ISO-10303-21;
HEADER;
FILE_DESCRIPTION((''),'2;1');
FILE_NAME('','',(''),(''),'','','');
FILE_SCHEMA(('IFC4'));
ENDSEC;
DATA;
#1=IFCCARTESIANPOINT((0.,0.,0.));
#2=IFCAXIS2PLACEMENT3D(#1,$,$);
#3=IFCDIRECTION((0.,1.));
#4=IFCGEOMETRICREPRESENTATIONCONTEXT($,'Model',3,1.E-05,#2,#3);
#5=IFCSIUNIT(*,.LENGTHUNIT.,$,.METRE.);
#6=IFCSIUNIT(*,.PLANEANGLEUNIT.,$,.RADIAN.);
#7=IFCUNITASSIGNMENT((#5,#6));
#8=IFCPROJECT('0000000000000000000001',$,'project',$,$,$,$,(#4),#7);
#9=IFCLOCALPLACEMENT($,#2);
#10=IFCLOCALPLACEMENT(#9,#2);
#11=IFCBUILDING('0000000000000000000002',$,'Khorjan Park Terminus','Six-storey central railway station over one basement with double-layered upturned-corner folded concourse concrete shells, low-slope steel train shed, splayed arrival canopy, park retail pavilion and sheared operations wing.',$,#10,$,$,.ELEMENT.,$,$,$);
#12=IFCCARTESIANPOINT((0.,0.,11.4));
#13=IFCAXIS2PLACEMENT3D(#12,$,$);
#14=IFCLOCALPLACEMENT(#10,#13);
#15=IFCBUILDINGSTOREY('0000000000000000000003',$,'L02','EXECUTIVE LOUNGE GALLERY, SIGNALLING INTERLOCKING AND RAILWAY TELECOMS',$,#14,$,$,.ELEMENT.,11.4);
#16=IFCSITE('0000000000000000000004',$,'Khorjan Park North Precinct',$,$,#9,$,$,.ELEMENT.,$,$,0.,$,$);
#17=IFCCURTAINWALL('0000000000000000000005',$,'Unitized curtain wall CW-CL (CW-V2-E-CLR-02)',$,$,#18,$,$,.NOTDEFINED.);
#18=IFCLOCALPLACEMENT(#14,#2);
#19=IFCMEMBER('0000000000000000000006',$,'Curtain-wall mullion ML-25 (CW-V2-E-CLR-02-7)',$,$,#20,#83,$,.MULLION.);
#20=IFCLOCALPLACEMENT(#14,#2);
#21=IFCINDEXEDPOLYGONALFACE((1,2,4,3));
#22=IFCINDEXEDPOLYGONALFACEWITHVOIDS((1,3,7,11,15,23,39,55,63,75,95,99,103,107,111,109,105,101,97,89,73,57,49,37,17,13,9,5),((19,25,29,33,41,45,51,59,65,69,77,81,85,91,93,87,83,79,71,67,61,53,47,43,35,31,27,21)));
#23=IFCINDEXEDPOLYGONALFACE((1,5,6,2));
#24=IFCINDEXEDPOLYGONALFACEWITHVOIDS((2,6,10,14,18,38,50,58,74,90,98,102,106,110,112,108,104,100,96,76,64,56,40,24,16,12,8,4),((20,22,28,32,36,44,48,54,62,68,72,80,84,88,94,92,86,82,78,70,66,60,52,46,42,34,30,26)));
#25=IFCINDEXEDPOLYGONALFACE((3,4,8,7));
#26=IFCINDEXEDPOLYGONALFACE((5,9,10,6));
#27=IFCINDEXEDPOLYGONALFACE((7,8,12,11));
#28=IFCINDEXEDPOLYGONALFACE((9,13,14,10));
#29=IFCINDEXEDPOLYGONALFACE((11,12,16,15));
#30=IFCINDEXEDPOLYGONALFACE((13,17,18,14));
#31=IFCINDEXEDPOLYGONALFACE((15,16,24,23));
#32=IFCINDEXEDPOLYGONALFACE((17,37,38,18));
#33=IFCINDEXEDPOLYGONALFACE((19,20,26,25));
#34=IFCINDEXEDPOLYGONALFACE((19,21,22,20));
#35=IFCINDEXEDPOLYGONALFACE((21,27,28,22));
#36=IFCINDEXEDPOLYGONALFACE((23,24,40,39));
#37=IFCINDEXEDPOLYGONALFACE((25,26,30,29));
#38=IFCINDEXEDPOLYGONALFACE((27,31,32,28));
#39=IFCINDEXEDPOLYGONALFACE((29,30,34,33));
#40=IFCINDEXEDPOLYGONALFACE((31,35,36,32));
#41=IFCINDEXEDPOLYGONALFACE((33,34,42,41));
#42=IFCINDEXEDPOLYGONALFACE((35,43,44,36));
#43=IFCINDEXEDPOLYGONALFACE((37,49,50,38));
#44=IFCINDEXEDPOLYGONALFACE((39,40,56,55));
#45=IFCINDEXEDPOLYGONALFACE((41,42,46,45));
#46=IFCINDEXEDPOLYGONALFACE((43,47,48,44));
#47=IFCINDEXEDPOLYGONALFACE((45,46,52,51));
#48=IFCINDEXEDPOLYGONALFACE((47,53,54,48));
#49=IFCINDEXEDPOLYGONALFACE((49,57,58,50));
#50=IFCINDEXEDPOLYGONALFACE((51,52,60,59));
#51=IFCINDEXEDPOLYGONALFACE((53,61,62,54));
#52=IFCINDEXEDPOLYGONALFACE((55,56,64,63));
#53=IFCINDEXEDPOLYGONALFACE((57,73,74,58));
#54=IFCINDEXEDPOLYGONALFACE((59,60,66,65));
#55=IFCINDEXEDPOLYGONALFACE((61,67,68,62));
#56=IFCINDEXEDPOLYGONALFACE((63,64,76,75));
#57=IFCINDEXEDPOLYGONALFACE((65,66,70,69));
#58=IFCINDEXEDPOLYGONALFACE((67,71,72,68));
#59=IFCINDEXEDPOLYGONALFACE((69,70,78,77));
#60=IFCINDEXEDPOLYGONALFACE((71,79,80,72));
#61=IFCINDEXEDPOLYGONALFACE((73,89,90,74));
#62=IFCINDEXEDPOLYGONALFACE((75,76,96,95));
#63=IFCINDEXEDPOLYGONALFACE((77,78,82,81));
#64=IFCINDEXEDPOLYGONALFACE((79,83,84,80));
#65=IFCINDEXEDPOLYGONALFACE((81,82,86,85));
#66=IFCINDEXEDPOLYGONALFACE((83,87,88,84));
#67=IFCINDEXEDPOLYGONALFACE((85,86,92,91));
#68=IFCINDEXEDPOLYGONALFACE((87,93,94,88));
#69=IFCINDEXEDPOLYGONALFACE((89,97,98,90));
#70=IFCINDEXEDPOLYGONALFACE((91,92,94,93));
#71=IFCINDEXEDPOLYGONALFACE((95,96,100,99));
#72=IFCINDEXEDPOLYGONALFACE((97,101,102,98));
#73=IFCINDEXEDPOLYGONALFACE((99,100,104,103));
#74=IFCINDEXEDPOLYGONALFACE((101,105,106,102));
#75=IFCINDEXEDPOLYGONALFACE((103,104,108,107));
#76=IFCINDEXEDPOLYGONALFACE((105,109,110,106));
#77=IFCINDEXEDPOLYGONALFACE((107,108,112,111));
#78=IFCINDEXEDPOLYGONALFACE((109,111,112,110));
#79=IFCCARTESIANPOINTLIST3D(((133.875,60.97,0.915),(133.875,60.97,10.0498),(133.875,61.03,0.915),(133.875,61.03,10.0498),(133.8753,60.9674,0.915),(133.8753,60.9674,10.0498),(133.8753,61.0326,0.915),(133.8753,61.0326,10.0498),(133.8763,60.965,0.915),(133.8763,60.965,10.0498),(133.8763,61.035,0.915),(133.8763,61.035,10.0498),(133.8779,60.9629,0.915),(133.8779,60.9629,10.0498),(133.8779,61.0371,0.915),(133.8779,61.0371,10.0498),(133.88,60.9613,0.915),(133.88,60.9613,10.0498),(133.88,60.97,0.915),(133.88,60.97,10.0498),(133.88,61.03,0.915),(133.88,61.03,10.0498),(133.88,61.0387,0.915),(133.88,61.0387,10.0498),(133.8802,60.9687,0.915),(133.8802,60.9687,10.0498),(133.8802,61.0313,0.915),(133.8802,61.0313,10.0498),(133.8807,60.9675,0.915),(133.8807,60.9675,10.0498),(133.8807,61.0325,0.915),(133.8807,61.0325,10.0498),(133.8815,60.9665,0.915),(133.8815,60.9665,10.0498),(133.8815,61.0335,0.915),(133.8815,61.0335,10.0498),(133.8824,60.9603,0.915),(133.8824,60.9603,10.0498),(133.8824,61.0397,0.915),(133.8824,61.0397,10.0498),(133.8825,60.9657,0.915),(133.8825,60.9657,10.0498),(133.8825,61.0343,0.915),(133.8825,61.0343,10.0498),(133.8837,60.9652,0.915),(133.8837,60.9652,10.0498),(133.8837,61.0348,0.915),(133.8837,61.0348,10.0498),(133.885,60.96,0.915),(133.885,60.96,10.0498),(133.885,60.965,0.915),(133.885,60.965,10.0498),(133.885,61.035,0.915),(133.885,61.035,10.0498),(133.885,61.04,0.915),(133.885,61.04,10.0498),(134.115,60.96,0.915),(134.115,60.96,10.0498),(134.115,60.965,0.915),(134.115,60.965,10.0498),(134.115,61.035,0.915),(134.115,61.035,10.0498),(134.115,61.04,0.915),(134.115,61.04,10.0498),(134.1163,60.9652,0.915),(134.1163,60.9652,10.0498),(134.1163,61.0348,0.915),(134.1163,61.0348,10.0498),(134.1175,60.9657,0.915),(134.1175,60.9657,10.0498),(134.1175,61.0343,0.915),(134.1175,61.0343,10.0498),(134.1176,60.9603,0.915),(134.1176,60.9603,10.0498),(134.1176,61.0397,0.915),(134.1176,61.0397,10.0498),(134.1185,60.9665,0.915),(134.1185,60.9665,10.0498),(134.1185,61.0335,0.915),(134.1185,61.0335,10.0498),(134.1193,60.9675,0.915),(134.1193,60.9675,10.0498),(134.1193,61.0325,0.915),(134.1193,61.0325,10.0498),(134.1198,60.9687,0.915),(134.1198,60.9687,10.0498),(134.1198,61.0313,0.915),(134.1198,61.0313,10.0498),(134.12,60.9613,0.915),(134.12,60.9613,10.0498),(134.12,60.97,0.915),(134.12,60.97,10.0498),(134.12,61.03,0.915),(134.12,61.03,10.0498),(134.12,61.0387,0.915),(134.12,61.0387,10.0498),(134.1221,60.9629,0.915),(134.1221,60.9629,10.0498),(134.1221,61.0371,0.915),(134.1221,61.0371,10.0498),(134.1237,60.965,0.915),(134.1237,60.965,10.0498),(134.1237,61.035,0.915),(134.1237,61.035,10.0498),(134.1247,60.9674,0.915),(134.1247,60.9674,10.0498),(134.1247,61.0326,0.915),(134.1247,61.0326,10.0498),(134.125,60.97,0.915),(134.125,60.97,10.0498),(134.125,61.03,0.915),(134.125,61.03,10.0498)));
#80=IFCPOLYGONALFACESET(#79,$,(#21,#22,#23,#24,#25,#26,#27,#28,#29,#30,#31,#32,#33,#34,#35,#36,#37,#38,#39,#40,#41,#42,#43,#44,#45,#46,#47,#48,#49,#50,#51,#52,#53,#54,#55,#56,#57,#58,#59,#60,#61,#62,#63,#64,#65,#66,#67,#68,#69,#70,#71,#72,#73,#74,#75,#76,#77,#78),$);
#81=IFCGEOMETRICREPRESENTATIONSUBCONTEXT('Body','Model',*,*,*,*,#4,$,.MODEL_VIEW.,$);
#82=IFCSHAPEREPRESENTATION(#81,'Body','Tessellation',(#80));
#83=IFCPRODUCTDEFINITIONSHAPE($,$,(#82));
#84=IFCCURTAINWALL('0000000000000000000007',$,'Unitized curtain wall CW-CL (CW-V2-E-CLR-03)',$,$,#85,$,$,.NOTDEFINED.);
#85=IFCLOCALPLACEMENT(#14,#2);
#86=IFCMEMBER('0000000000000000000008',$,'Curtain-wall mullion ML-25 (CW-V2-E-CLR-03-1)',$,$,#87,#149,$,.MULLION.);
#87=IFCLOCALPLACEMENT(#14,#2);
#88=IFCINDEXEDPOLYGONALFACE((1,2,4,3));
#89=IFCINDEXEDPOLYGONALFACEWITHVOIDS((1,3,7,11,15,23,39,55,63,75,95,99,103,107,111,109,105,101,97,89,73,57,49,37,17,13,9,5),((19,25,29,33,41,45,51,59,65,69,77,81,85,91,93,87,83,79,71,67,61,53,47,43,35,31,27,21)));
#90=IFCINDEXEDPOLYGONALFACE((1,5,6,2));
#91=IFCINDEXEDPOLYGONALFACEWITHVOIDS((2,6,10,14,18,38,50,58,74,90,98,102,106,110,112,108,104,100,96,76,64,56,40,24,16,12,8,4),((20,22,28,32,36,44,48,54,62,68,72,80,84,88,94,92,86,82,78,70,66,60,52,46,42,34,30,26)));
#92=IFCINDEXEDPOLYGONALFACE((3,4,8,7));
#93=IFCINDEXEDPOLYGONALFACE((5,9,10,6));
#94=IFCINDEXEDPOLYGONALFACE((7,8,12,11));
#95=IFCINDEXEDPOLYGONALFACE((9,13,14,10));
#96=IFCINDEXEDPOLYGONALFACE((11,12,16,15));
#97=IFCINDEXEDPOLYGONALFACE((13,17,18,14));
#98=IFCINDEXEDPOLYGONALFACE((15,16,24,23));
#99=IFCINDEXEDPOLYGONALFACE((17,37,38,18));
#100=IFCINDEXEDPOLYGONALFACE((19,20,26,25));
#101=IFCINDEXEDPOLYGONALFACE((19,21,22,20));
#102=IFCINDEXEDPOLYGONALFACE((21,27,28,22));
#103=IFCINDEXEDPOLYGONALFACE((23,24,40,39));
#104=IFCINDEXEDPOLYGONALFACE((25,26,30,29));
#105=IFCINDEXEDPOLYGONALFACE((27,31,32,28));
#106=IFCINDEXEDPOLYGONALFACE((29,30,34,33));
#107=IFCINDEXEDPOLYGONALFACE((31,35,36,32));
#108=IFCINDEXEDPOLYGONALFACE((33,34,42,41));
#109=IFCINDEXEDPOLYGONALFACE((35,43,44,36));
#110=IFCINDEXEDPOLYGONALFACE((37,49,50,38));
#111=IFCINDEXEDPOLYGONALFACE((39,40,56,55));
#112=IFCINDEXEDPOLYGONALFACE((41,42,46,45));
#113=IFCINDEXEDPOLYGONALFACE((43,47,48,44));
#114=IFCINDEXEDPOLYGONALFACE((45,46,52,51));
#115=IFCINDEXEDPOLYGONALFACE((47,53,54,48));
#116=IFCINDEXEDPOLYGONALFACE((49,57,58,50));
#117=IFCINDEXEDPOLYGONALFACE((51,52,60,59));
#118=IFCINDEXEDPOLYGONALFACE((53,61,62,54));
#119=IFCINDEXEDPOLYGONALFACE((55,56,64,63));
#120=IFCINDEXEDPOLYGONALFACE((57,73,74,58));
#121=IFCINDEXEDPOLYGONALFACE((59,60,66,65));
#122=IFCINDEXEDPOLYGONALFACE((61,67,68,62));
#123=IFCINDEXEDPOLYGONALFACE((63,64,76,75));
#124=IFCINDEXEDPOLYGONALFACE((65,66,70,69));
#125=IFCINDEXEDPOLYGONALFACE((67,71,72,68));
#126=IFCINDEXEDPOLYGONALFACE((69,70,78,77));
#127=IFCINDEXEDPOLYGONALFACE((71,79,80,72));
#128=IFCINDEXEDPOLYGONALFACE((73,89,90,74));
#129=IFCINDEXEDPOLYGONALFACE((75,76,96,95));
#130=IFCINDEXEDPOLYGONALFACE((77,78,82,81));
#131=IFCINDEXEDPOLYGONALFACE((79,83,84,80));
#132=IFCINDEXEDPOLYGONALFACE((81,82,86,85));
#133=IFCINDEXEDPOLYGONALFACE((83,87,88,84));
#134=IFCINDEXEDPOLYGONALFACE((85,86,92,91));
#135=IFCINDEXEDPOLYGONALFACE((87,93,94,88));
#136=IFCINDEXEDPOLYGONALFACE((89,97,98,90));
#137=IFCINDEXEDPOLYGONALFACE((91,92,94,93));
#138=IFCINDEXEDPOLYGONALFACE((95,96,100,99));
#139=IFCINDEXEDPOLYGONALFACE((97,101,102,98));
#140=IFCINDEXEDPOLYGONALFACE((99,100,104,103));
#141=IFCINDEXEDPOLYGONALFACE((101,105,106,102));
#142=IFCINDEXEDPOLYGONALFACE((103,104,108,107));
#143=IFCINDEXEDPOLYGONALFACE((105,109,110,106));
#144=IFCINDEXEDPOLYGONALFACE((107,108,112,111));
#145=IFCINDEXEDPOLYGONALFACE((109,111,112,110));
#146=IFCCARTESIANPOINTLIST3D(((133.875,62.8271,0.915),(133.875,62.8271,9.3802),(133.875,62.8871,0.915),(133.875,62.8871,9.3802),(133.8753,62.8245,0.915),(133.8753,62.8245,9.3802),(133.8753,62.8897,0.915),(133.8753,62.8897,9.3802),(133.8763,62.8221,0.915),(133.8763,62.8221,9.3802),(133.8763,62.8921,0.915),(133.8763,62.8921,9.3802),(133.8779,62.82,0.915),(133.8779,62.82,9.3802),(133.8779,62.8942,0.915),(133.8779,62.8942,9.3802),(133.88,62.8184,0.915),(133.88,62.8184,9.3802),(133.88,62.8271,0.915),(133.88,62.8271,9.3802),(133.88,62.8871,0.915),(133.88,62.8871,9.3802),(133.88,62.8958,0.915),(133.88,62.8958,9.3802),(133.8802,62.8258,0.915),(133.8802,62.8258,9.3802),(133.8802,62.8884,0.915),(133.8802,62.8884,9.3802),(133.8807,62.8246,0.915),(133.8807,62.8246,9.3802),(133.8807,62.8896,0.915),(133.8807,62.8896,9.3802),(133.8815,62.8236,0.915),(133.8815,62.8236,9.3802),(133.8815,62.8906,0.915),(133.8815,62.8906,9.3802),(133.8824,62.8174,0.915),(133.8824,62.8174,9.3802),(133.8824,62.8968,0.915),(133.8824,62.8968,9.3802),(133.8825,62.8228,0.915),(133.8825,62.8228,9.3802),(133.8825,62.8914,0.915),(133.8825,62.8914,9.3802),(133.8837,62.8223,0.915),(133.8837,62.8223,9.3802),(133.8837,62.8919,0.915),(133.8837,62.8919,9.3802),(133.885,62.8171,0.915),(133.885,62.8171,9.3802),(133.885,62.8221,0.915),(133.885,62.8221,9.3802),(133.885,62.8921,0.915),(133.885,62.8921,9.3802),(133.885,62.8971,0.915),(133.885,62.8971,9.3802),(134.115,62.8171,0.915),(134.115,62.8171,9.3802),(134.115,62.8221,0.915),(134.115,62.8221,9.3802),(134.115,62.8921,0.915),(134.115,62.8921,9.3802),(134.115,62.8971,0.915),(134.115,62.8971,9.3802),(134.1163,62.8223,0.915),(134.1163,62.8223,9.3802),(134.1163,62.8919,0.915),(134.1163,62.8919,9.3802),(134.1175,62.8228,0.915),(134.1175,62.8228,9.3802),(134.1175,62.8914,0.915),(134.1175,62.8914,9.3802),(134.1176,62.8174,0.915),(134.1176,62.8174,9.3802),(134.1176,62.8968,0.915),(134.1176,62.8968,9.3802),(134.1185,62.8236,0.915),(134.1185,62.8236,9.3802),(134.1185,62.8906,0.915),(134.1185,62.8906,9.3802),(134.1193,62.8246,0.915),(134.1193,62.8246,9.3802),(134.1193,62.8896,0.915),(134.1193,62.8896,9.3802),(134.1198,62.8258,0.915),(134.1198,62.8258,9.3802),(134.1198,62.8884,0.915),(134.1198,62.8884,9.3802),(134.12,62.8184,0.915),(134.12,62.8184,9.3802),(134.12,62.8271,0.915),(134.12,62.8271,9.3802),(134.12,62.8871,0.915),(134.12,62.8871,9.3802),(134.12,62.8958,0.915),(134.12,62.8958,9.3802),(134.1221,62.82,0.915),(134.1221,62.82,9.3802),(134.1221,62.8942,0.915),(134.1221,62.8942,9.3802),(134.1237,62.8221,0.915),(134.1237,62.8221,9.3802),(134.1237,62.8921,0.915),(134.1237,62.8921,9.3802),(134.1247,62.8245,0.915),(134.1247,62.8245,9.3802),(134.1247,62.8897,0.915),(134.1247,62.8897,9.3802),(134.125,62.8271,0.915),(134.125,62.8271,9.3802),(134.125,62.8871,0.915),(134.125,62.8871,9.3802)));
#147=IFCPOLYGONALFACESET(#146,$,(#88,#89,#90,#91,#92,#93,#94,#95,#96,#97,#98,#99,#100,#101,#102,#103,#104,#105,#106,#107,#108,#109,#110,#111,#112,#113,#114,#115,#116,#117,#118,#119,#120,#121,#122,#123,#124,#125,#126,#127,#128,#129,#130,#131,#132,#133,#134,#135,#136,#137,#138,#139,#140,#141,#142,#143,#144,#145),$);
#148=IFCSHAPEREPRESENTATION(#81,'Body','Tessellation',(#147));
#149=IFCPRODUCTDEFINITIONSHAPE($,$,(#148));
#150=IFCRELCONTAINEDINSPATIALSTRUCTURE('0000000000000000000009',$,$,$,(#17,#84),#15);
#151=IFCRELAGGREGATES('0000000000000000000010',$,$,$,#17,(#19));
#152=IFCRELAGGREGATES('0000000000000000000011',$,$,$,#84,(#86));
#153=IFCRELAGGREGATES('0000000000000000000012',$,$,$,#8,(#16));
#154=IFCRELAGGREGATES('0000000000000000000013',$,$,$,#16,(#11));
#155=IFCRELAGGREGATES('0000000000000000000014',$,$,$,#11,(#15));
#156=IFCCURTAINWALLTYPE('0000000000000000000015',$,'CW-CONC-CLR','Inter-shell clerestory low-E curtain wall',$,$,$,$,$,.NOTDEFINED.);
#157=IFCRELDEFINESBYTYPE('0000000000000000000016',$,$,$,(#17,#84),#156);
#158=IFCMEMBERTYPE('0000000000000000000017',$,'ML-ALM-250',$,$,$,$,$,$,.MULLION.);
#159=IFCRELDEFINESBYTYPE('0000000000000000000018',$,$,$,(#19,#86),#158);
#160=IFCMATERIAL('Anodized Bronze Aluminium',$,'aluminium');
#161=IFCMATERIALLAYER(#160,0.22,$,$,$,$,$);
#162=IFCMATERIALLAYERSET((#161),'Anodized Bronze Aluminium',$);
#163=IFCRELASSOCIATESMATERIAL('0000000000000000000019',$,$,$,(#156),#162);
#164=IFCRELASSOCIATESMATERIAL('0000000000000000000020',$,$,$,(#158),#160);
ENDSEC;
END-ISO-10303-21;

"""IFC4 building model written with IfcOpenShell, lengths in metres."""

from ifc_helpers import new_model, si_unit, direction, frame, origin, origin_2d, place, context, subcontext, project, spatial, hollow_rectangle, extrude, material, layer, layer_set, material_profile, profile_set, type_object, element, aggregate, save


model = new_model("IFC4")

# Units and contexts
model_context = context("Model", 3, precision=1e-05, world=origin(), true_north=direction((0.0, 1.0)))
body_context = subcontext(model_context, "Body", "Model", "MODEL_VIEW")
ifc_project = project(units=[si_unit("LENGTHUNIT", "METRE"), si_unit("PLANEANGLEUNIT", "RADIAN")], contexts=[model_context])

# Site, building, storey
site_placement = place(None, origin())
site = spatial("IfcSite", under=ifc_project, at=site_placement, Name="Khorjan Park North Precinct", CompositionType="ELEMENT", RefElevation=0.0)
building_placement = place(site_placement, origin())
building = spatial("IfcBuilding", under=site, at=building_placement, Name="Khorjan Park Terminus", Description="Six-storey central railway station over one basement with double-layered upturned-corner folded concourse concrete shells, low-slope steel train shed, splayed arrival canopy, park retail pavilion and sheared operations wing.", CompositionType="ELEMENT")
storey_placement = place(building_placement, frame((0.0, 0.0, 11.4)))
storey = spatial("IfcBuildingStorey", under=building, at=storey_placement, Name="L02", Description="EXECUTIVE LOUNGE GALLERY, SIGNALLING INTERLOCKING AND RAILWAY TELECOMS", CompositionType="ELEMENT", Elevation=11.4)

# Curtain wall, member
ifc_material_1 = material(Name="Anodized Bronze Aluminium", Category="aluminium")
ifc_layer_1 = layer(ifc_material_1, 0.22)
ifc_layer_set_1 = layer_set([ifc_layer_1], Name="Anodized Bronze Aluminium")
curtain_wall_type = type_object("IfcCurtainWallType", Name="CW-CONC-CLR", Description="Inter-shell clerestory low-E curtain wall", PredefinedType="NOTDEFINED", material=ifc_layer_set_1)
curtain_wall_1_placement = place(storey_placement, origin())
curtain_wall_1 = element("IfcCurtainWall", 1, at=curtain_wall_1_placement, inside=storey, type_object=curtain_wall_type, Name="Unitized curtain wall CW-CL (CW-V2-E-CLR-02)", PredefinedType="NOTDEFINED")
ifc_material_profile_1 = material_profile(ifc_material_1, hollow_rectangle(XDim=0.08, YDim=0.25, WallThickness=0.005, InnerFilletRadius=0.005, OuterFilletRadius=0.01, at=origin_2d()), Name="ALM 80x250x5")
ifc_profile_set_1 = profile_set([ifc_material_profile_1], Name="Anodized Bronze Aluminium")
member_type_1 = type_object("IfcMemberType", Name="ML-ALM-250", PredefinedType="MULLION", material=ifc_profile_set_1)
member_1_placement = place(storey_placement, frame((134.0, 61.0, 0.915), z_axis=(0.0, 0.0, 1.0), x_axis=(0.0, 1.0, 0.0)))
member_1 = element("IfcMember", 2, at=member_1_placement, type_object=member_type_1, Name="Curtain-wall mullion ML-25 (CW-V2-E-CLR-02-7)", PredefinedType="MULLION", context=body_context, shape_type="SweptSolid", body=[
    extrude(hollow_rectangle(XDim=0.08, YDim=0.25, WallThickness=0.005, InnerFilletRadius=0.005, OuterFilletRadius=0.01, at=origin_2d()), origin(), (0.0, 0.0, 1.0), 9.1348),
])

# Curtain wall, member
curtain_wall_2_placement = place(storey_placement, origin())
curtain_wall_2 = element("IfcCurtainWall", 3, at=curtain_wall_2_placement, inside=storey, type_object=curtain_wall_type, Name="Unitized curtain wall CW-CL (CW-V2-E-CLR-03)", PredefinedType="NOTDEFINED")
member_2_placement = place(storey_placement, frame((134.0, 62.8571, 0.915), z_axis=(0.0, 0.0, 1.0), x_axis=(0.0, 1.0, 0.0)))
member_2 = element("IfcMember", 4, at=member_2_placement, type_object=member_type_1, Name="Curtain-wall mullion ML-25 (CW-V2-E-CLR-03-1)", PredefinedType="MULLION", context=body_context, shape_type="SweptSolid", body=[
    extrude(hollow_rectangle(XDim=0.08, YDim=0.25, WallThickness=0.005, InnerFilletRadius=0.005, OuterFilletRadius=0.01, at=origin_2d()), origin(), (0.0, 0.0, 1.0), 8.4652),
])

aggregate(curtain_wall_1, [member_1])
aggregate(curtain_wall_2, [member_2])

save(model, "model.ifc")
